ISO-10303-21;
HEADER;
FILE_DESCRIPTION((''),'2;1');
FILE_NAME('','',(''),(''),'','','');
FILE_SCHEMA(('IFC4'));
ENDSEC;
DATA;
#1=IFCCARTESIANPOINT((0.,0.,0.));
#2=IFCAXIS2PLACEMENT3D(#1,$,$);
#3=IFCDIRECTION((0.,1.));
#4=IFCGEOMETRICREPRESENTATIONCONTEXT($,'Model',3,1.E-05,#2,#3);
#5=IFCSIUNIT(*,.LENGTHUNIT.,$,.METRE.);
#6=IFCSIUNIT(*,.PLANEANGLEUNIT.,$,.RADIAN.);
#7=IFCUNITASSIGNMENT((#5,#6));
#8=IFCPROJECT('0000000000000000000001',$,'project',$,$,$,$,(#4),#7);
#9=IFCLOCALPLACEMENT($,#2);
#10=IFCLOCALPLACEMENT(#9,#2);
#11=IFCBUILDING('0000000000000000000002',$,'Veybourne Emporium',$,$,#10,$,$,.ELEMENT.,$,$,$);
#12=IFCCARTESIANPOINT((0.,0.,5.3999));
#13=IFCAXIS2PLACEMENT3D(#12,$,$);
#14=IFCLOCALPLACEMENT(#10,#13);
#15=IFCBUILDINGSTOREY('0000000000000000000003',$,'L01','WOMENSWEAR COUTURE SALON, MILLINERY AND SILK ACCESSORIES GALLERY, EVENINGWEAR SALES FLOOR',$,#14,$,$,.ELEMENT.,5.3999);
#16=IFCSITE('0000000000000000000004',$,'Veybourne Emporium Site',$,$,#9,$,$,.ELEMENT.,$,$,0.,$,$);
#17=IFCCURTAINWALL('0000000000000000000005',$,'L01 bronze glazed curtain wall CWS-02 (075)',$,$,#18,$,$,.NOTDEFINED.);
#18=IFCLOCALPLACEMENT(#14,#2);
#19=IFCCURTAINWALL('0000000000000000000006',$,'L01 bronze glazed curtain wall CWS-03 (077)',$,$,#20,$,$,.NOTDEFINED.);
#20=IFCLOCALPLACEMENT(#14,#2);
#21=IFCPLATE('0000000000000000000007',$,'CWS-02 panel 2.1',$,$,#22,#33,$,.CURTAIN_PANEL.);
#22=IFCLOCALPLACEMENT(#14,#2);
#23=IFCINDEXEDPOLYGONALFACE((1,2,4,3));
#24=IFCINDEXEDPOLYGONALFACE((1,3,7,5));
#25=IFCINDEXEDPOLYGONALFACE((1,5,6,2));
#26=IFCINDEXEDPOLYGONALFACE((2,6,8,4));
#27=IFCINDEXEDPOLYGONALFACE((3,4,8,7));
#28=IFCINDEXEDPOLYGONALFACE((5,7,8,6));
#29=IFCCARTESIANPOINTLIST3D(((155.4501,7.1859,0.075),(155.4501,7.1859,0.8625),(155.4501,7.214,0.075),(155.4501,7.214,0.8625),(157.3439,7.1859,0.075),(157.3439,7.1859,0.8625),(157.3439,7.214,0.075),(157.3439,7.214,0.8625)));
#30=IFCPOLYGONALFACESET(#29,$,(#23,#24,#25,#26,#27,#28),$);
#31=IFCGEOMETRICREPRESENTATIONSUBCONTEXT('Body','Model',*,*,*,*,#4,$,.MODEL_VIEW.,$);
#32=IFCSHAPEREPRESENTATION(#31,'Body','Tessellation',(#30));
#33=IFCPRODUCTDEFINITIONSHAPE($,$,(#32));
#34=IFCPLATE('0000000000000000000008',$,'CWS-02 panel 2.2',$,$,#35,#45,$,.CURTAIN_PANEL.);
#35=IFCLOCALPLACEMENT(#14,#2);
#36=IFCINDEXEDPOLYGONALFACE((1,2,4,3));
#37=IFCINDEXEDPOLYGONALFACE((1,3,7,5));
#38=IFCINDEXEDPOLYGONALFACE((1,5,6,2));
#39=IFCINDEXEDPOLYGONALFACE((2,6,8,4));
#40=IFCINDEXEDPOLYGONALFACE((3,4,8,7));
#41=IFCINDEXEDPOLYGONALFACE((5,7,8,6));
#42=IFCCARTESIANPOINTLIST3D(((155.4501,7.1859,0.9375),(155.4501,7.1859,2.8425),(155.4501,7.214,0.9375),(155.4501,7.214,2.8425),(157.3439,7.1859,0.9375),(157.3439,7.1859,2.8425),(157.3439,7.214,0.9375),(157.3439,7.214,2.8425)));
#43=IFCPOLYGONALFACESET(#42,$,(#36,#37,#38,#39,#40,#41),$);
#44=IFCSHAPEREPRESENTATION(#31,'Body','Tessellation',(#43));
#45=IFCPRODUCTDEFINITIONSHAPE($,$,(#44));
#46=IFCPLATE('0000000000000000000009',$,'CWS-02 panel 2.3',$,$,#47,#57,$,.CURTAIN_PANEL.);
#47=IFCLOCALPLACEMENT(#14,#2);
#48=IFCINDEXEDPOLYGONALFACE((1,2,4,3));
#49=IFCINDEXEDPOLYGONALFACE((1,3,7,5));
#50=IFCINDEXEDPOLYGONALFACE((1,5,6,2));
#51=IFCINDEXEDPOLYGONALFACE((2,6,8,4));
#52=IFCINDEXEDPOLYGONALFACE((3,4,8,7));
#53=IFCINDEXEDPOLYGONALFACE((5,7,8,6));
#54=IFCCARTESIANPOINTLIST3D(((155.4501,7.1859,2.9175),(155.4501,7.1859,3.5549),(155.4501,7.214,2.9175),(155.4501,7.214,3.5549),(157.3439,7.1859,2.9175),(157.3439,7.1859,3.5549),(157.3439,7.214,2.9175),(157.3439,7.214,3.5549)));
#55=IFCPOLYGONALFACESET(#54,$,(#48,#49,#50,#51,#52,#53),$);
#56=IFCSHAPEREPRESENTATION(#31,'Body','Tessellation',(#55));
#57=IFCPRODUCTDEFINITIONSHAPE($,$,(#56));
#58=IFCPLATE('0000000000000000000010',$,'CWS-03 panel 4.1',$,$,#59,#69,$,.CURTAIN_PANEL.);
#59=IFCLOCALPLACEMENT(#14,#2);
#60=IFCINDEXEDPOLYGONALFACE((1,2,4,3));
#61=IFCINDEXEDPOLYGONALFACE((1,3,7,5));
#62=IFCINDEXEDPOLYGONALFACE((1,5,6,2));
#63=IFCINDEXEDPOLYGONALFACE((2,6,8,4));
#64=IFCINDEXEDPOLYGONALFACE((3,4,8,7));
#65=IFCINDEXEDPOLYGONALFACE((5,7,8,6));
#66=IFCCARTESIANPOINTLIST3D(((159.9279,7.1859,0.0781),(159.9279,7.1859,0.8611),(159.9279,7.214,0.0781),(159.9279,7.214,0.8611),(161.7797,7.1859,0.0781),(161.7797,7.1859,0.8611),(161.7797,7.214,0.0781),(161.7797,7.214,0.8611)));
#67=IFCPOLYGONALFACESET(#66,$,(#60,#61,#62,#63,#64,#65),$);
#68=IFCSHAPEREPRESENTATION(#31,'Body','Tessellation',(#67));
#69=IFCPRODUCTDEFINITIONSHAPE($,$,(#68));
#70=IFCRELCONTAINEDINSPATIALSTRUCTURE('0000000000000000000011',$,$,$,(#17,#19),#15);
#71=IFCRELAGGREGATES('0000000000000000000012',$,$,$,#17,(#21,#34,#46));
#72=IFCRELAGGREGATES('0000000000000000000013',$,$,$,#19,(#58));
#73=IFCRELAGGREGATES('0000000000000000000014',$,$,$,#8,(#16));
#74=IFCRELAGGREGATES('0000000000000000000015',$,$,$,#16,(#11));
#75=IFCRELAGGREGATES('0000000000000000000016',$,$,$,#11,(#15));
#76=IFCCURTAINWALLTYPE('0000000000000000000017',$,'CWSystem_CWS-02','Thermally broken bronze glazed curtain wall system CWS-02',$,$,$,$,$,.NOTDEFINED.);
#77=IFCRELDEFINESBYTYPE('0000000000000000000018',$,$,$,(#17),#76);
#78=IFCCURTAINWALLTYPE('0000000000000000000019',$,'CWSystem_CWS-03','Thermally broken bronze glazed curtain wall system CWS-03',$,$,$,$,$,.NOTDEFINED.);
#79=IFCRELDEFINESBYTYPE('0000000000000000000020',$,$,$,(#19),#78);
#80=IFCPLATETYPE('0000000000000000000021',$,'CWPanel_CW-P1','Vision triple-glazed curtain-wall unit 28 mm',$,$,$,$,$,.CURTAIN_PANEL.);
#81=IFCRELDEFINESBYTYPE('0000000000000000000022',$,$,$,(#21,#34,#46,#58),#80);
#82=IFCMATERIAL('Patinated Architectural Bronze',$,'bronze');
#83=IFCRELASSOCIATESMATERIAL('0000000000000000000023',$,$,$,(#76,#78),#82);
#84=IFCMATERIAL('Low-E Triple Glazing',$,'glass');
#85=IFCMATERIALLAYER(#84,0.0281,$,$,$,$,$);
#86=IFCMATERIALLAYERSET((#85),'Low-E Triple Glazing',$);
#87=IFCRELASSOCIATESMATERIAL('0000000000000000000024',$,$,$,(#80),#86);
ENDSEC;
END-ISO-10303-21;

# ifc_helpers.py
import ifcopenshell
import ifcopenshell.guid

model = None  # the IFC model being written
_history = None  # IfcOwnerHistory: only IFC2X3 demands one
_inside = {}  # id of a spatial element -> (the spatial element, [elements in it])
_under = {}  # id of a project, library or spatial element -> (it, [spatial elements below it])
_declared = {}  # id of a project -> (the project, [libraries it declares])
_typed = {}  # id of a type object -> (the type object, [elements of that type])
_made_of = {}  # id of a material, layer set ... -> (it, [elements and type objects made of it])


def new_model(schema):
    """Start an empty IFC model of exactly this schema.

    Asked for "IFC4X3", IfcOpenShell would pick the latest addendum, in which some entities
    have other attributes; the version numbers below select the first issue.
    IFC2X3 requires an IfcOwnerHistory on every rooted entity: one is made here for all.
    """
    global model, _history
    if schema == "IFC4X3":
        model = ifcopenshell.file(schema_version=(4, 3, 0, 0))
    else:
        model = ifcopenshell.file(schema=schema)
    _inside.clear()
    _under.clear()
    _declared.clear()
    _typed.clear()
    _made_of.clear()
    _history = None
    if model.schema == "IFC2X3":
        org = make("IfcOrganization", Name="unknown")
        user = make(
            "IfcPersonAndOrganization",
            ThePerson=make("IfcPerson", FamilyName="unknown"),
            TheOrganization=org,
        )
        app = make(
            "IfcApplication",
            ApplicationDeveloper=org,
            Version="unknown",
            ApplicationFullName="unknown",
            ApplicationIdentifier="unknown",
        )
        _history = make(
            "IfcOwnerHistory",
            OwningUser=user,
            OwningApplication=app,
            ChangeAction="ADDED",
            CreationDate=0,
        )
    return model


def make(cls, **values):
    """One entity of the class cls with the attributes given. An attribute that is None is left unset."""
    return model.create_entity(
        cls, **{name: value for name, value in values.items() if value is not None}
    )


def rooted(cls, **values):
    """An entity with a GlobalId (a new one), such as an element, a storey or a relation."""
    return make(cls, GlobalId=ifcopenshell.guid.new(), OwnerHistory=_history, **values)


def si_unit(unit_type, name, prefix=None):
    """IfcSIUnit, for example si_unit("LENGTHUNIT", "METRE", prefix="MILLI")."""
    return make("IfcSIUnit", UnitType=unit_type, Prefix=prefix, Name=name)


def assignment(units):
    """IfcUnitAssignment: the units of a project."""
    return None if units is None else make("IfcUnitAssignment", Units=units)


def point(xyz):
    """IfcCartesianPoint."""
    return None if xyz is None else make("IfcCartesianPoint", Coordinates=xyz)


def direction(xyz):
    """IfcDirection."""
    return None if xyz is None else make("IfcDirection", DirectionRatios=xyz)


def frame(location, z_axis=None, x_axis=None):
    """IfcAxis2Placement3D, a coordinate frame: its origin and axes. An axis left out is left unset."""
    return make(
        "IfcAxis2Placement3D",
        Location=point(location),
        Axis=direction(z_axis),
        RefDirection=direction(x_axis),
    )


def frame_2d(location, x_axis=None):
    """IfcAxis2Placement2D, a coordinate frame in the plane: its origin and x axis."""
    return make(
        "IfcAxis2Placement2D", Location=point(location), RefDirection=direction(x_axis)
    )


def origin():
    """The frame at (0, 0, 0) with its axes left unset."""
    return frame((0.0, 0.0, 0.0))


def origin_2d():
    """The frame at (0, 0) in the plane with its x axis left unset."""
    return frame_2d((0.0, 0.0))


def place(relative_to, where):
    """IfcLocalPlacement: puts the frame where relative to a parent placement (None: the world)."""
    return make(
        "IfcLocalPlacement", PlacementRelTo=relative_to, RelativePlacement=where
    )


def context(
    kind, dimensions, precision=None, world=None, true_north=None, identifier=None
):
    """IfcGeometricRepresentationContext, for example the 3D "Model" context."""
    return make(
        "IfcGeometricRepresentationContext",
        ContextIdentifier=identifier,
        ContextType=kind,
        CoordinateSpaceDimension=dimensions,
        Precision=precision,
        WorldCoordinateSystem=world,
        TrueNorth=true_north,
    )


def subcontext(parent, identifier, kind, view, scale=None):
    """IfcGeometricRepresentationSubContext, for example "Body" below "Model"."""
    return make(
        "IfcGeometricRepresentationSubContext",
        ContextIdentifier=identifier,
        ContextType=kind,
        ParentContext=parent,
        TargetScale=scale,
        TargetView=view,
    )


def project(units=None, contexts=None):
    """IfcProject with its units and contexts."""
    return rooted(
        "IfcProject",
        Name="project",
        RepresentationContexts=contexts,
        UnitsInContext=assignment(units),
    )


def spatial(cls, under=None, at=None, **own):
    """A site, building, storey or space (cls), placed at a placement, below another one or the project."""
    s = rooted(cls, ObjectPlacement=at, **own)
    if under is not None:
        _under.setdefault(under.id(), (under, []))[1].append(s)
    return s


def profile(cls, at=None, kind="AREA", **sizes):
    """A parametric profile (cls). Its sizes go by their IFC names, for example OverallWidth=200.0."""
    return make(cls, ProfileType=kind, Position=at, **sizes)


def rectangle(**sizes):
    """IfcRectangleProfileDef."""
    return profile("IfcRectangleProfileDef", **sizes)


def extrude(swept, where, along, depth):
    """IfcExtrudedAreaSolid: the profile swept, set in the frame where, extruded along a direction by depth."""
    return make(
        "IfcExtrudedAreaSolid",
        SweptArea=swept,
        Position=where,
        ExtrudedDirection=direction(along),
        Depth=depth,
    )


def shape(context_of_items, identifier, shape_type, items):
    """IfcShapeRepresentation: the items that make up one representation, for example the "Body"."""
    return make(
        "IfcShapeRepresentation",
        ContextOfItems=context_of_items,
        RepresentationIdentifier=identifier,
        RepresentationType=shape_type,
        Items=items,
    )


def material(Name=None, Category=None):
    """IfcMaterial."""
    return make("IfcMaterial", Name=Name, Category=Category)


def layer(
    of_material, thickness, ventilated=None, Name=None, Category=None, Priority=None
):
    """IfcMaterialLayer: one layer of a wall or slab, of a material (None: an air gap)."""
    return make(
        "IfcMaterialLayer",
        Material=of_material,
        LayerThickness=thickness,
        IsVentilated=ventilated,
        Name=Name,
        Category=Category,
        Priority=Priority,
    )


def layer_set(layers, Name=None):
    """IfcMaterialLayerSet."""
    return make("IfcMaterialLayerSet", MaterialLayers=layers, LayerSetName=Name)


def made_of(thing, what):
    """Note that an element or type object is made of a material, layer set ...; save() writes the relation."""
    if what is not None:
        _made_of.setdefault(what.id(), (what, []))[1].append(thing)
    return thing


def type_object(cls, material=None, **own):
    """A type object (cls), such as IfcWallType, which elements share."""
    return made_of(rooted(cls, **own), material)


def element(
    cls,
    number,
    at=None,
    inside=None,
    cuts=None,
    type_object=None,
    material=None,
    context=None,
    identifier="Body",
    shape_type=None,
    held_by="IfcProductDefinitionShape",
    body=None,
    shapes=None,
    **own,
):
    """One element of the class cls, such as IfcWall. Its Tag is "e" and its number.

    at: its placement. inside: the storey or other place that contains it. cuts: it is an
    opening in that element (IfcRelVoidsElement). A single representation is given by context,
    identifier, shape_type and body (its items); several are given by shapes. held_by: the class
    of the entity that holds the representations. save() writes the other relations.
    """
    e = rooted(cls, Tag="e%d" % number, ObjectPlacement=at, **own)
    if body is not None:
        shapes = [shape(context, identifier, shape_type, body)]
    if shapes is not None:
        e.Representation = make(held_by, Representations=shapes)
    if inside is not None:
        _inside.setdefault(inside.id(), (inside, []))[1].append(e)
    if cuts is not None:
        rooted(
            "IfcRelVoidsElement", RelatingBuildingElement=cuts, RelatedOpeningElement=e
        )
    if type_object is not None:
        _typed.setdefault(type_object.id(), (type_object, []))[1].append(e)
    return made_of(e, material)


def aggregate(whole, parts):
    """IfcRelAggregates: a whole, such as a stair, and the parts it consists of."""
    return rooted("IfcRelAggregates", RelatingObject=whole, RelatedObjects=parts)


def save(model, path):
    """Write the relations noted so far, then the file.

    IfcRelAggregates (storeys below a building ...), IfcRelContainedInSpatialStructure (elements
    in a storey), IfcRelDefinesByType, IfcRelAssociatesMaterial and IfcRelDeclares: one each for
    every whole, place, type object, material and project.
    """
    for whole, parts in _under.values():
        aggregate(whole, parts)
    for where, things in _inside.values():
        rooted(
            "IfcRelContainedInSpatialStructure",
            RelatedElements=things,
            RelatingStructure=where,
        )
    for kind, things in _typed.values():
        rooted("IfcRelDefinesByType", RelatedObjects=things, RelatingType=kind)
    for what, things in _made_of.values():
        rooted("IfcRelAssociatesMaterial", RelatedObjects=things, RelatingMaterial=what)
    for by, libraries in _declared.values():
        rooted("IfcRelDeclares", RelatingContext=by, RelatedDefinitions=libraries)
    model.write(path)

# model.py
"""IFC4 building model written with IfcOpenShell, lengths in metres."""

from ifc_helpers import new_model, si_unit, direction, frame, origin, origin_2d, place, context, subcontext, project, spatial, rectangle, extrude, material, layer, layer_set, type_object, element, aggregate, save


model = new_model("IFC4")

# Units and contexts
model_context = context("Model", 3, precision=1e-05, world=origin(), true_north=direction((0.0, 1.0)))
body_context = subcontext(model_context, "Body", "Model", "MODEL_VIEW")
ifc_project = project(units=[si_unit("LENGTHUNIT", "METRE"), si_unit("PLANEANGLEUNIT", "RADIAN")], contexts=[model_context])

# Site, building, storey
site_placement = place(None, origin())
site = spatial("IfcSite", under=ifc_project, at=site_placement, Name="Veybourne Emporium Site", CompositionType="ELEMENT", RefElevation=0.0)
building_placement = place(site_placement, origin())
building = spatial("IfcBuilding", under=site, at=building_placement, Name="Veybourne Emporium", CompositionType="ELEMENT")
storey_placement = place(building_placement, frame((0.0, 0.0, 5.3999)))
storey = spatial("IfcBuildingStorey", under=building, at=storey_placement, Name="L01", Description="WOMENSWEAR COUTURE SALON, MILLINERY AND SILK ACCESSORIES GALLERY, EVENINGWEAR SALES FLOOR", CompositionType="ELEMENT", Elevation=5.3999)

# Curtain wall
ifc_material_1 = material(Name="Patinated Architectural Bronze", Category="bronze")
curtain_wall_type_1 = type_object("IfcCurtainWallType", Name="CWSystem_CWS-02", Description="Thermally broken bronze glazed curtain wall system CWS-02", PredefinedType="NOTDEFINED", material=ifc_material_1)
curtain_wall_1_placement = place(storey_placement, origin())
curtain_wall_1 = element("IfcCurtainWall", 1, at=curtain_wall_1_placement, inside=storey, type_object=curtain_wall_type_1, Name="L01 bronze glazed curtain wall CWS-02 (075)", PredefinedType="NOTDEFINED")

# Curtain wall
curtain_wall_type_2 = type_object("IfcCurtainWallType", Name="CWSystem_CWS-03", Description="Thermally broken bronze glazed curtain wall system CWS-03", PredefinedType="NOTDEFINED", material=ifc_material_1)
curtain_wall_2_placement = place(storey_placement, origin())
curtain_wall_2 = element("IfcCurtainWall", 2, at=curtain_wall_2_placement, inside=storey, type_object=curtain_wall_type_2, Name="L01 bronze glazed curtain wall CWS-03 (077)", PredefinedType="NOTDEFINED")

# Plates
ifc_material_2 = material(Name="Low-E Triple Glazing", Category="glass")
ifc_layer = layer(ifc_material_2, 0.0281)
ifc_layer_set = layer_set([ifc_layer], Name="Low-E Triple Glazing")
plate_type = type_object("IfcPlateType", Name="CWPanel_CW-P1", Description="Vision triple-glazed curtain-wall unit 28 mm", PredefinedType="CURTAIN_PANEL", material=ifc_layer_set)
plate_1_placement = place(storey_placement, frame((156.397, 7.2, 0.075), z_axis=(0.0, 0.0, 1.0), x_axis=(-1.0, 0.0, 0.0)))
plate_1 = element("IfcPlate", 3, at=plate_1_placement, type_object=plate_type, Name="CWS-02 panel 2.1", PredefinedType="CURTAIN_PANEL", context=body_context, shape_type="SweptSolid", body=[
    extrude(rectangle(XDim=1.8938, YDim=0.0281, at=origin_2d()), origin(), (0.0, 0.0, 1.0), 0.7876),
])
plate_2_placement = place(storey_placement, frame((156.397, 7.2, 0.9375), z_axis=(0.0, 0.0, 1.0), x_axis=(-1.0, 0.0, 0.0)))
plate_2 = element("IfcPlate", 4, at=plate_2_placement, type_object=plate_type, Name="CWS-02 panel 2.2", PredefinedType="CURTAIN_PANEL", context=body_context, shape_type="SweptSolid", body=[
    extrude(rectangle(XDim=1.8938, YDim=0.0281, at=origin_2d()), origin(), (0.0, 0.0, 1.0), 1.905),
])
plate_3_placement = place(storey_placement, frame((156.397, 7.2, 2.9175), z_axis=(0.0, 0.0, 1.0), x_axis=(-1.0, 0.0, 0.0)))
plate_3 = element("IfcPlate", 5, at=plate_3_placement, type_object=plate_type, Name="CWS-02 panel 2.3", PredefinedType="CURTAIN_PANEL", context=body_context, shape_type="SweptSolid", body=[
    extrude(rectangle(XDim=1.8938, YDim=0.0281, at=origin_2d()), origin(), (0.0, 0.0, 1.0), 0.6375),
])
aggregate(curtain_wall_1, [plate_1, plate_2, plate_3])
plate_4_placement = place(storey_placement, frame((160.8538, 7.2, 0.0781), z_axis=(0.0, 0.0, 1.0), x_axis=(-1.0, 0.0, 0.0)))
plate_4 = element("IfcPlate", 6, at=plate_4_placement, type_object=plate_type, Name="CWS-03 panel 4.1", PredefinedType="CURTAIN_PANEL", context=body_context, shape_type="SweptSolid", body=[
    extrude(rectangle(XDim=1.8518, YDim=0.0281, at=origin_2d()), origin(), (0.0, 0.0, 1.0), 0.783),
])
aggregate(curtain_wall_2, [plate_4])

save(model, "model.ifc")
